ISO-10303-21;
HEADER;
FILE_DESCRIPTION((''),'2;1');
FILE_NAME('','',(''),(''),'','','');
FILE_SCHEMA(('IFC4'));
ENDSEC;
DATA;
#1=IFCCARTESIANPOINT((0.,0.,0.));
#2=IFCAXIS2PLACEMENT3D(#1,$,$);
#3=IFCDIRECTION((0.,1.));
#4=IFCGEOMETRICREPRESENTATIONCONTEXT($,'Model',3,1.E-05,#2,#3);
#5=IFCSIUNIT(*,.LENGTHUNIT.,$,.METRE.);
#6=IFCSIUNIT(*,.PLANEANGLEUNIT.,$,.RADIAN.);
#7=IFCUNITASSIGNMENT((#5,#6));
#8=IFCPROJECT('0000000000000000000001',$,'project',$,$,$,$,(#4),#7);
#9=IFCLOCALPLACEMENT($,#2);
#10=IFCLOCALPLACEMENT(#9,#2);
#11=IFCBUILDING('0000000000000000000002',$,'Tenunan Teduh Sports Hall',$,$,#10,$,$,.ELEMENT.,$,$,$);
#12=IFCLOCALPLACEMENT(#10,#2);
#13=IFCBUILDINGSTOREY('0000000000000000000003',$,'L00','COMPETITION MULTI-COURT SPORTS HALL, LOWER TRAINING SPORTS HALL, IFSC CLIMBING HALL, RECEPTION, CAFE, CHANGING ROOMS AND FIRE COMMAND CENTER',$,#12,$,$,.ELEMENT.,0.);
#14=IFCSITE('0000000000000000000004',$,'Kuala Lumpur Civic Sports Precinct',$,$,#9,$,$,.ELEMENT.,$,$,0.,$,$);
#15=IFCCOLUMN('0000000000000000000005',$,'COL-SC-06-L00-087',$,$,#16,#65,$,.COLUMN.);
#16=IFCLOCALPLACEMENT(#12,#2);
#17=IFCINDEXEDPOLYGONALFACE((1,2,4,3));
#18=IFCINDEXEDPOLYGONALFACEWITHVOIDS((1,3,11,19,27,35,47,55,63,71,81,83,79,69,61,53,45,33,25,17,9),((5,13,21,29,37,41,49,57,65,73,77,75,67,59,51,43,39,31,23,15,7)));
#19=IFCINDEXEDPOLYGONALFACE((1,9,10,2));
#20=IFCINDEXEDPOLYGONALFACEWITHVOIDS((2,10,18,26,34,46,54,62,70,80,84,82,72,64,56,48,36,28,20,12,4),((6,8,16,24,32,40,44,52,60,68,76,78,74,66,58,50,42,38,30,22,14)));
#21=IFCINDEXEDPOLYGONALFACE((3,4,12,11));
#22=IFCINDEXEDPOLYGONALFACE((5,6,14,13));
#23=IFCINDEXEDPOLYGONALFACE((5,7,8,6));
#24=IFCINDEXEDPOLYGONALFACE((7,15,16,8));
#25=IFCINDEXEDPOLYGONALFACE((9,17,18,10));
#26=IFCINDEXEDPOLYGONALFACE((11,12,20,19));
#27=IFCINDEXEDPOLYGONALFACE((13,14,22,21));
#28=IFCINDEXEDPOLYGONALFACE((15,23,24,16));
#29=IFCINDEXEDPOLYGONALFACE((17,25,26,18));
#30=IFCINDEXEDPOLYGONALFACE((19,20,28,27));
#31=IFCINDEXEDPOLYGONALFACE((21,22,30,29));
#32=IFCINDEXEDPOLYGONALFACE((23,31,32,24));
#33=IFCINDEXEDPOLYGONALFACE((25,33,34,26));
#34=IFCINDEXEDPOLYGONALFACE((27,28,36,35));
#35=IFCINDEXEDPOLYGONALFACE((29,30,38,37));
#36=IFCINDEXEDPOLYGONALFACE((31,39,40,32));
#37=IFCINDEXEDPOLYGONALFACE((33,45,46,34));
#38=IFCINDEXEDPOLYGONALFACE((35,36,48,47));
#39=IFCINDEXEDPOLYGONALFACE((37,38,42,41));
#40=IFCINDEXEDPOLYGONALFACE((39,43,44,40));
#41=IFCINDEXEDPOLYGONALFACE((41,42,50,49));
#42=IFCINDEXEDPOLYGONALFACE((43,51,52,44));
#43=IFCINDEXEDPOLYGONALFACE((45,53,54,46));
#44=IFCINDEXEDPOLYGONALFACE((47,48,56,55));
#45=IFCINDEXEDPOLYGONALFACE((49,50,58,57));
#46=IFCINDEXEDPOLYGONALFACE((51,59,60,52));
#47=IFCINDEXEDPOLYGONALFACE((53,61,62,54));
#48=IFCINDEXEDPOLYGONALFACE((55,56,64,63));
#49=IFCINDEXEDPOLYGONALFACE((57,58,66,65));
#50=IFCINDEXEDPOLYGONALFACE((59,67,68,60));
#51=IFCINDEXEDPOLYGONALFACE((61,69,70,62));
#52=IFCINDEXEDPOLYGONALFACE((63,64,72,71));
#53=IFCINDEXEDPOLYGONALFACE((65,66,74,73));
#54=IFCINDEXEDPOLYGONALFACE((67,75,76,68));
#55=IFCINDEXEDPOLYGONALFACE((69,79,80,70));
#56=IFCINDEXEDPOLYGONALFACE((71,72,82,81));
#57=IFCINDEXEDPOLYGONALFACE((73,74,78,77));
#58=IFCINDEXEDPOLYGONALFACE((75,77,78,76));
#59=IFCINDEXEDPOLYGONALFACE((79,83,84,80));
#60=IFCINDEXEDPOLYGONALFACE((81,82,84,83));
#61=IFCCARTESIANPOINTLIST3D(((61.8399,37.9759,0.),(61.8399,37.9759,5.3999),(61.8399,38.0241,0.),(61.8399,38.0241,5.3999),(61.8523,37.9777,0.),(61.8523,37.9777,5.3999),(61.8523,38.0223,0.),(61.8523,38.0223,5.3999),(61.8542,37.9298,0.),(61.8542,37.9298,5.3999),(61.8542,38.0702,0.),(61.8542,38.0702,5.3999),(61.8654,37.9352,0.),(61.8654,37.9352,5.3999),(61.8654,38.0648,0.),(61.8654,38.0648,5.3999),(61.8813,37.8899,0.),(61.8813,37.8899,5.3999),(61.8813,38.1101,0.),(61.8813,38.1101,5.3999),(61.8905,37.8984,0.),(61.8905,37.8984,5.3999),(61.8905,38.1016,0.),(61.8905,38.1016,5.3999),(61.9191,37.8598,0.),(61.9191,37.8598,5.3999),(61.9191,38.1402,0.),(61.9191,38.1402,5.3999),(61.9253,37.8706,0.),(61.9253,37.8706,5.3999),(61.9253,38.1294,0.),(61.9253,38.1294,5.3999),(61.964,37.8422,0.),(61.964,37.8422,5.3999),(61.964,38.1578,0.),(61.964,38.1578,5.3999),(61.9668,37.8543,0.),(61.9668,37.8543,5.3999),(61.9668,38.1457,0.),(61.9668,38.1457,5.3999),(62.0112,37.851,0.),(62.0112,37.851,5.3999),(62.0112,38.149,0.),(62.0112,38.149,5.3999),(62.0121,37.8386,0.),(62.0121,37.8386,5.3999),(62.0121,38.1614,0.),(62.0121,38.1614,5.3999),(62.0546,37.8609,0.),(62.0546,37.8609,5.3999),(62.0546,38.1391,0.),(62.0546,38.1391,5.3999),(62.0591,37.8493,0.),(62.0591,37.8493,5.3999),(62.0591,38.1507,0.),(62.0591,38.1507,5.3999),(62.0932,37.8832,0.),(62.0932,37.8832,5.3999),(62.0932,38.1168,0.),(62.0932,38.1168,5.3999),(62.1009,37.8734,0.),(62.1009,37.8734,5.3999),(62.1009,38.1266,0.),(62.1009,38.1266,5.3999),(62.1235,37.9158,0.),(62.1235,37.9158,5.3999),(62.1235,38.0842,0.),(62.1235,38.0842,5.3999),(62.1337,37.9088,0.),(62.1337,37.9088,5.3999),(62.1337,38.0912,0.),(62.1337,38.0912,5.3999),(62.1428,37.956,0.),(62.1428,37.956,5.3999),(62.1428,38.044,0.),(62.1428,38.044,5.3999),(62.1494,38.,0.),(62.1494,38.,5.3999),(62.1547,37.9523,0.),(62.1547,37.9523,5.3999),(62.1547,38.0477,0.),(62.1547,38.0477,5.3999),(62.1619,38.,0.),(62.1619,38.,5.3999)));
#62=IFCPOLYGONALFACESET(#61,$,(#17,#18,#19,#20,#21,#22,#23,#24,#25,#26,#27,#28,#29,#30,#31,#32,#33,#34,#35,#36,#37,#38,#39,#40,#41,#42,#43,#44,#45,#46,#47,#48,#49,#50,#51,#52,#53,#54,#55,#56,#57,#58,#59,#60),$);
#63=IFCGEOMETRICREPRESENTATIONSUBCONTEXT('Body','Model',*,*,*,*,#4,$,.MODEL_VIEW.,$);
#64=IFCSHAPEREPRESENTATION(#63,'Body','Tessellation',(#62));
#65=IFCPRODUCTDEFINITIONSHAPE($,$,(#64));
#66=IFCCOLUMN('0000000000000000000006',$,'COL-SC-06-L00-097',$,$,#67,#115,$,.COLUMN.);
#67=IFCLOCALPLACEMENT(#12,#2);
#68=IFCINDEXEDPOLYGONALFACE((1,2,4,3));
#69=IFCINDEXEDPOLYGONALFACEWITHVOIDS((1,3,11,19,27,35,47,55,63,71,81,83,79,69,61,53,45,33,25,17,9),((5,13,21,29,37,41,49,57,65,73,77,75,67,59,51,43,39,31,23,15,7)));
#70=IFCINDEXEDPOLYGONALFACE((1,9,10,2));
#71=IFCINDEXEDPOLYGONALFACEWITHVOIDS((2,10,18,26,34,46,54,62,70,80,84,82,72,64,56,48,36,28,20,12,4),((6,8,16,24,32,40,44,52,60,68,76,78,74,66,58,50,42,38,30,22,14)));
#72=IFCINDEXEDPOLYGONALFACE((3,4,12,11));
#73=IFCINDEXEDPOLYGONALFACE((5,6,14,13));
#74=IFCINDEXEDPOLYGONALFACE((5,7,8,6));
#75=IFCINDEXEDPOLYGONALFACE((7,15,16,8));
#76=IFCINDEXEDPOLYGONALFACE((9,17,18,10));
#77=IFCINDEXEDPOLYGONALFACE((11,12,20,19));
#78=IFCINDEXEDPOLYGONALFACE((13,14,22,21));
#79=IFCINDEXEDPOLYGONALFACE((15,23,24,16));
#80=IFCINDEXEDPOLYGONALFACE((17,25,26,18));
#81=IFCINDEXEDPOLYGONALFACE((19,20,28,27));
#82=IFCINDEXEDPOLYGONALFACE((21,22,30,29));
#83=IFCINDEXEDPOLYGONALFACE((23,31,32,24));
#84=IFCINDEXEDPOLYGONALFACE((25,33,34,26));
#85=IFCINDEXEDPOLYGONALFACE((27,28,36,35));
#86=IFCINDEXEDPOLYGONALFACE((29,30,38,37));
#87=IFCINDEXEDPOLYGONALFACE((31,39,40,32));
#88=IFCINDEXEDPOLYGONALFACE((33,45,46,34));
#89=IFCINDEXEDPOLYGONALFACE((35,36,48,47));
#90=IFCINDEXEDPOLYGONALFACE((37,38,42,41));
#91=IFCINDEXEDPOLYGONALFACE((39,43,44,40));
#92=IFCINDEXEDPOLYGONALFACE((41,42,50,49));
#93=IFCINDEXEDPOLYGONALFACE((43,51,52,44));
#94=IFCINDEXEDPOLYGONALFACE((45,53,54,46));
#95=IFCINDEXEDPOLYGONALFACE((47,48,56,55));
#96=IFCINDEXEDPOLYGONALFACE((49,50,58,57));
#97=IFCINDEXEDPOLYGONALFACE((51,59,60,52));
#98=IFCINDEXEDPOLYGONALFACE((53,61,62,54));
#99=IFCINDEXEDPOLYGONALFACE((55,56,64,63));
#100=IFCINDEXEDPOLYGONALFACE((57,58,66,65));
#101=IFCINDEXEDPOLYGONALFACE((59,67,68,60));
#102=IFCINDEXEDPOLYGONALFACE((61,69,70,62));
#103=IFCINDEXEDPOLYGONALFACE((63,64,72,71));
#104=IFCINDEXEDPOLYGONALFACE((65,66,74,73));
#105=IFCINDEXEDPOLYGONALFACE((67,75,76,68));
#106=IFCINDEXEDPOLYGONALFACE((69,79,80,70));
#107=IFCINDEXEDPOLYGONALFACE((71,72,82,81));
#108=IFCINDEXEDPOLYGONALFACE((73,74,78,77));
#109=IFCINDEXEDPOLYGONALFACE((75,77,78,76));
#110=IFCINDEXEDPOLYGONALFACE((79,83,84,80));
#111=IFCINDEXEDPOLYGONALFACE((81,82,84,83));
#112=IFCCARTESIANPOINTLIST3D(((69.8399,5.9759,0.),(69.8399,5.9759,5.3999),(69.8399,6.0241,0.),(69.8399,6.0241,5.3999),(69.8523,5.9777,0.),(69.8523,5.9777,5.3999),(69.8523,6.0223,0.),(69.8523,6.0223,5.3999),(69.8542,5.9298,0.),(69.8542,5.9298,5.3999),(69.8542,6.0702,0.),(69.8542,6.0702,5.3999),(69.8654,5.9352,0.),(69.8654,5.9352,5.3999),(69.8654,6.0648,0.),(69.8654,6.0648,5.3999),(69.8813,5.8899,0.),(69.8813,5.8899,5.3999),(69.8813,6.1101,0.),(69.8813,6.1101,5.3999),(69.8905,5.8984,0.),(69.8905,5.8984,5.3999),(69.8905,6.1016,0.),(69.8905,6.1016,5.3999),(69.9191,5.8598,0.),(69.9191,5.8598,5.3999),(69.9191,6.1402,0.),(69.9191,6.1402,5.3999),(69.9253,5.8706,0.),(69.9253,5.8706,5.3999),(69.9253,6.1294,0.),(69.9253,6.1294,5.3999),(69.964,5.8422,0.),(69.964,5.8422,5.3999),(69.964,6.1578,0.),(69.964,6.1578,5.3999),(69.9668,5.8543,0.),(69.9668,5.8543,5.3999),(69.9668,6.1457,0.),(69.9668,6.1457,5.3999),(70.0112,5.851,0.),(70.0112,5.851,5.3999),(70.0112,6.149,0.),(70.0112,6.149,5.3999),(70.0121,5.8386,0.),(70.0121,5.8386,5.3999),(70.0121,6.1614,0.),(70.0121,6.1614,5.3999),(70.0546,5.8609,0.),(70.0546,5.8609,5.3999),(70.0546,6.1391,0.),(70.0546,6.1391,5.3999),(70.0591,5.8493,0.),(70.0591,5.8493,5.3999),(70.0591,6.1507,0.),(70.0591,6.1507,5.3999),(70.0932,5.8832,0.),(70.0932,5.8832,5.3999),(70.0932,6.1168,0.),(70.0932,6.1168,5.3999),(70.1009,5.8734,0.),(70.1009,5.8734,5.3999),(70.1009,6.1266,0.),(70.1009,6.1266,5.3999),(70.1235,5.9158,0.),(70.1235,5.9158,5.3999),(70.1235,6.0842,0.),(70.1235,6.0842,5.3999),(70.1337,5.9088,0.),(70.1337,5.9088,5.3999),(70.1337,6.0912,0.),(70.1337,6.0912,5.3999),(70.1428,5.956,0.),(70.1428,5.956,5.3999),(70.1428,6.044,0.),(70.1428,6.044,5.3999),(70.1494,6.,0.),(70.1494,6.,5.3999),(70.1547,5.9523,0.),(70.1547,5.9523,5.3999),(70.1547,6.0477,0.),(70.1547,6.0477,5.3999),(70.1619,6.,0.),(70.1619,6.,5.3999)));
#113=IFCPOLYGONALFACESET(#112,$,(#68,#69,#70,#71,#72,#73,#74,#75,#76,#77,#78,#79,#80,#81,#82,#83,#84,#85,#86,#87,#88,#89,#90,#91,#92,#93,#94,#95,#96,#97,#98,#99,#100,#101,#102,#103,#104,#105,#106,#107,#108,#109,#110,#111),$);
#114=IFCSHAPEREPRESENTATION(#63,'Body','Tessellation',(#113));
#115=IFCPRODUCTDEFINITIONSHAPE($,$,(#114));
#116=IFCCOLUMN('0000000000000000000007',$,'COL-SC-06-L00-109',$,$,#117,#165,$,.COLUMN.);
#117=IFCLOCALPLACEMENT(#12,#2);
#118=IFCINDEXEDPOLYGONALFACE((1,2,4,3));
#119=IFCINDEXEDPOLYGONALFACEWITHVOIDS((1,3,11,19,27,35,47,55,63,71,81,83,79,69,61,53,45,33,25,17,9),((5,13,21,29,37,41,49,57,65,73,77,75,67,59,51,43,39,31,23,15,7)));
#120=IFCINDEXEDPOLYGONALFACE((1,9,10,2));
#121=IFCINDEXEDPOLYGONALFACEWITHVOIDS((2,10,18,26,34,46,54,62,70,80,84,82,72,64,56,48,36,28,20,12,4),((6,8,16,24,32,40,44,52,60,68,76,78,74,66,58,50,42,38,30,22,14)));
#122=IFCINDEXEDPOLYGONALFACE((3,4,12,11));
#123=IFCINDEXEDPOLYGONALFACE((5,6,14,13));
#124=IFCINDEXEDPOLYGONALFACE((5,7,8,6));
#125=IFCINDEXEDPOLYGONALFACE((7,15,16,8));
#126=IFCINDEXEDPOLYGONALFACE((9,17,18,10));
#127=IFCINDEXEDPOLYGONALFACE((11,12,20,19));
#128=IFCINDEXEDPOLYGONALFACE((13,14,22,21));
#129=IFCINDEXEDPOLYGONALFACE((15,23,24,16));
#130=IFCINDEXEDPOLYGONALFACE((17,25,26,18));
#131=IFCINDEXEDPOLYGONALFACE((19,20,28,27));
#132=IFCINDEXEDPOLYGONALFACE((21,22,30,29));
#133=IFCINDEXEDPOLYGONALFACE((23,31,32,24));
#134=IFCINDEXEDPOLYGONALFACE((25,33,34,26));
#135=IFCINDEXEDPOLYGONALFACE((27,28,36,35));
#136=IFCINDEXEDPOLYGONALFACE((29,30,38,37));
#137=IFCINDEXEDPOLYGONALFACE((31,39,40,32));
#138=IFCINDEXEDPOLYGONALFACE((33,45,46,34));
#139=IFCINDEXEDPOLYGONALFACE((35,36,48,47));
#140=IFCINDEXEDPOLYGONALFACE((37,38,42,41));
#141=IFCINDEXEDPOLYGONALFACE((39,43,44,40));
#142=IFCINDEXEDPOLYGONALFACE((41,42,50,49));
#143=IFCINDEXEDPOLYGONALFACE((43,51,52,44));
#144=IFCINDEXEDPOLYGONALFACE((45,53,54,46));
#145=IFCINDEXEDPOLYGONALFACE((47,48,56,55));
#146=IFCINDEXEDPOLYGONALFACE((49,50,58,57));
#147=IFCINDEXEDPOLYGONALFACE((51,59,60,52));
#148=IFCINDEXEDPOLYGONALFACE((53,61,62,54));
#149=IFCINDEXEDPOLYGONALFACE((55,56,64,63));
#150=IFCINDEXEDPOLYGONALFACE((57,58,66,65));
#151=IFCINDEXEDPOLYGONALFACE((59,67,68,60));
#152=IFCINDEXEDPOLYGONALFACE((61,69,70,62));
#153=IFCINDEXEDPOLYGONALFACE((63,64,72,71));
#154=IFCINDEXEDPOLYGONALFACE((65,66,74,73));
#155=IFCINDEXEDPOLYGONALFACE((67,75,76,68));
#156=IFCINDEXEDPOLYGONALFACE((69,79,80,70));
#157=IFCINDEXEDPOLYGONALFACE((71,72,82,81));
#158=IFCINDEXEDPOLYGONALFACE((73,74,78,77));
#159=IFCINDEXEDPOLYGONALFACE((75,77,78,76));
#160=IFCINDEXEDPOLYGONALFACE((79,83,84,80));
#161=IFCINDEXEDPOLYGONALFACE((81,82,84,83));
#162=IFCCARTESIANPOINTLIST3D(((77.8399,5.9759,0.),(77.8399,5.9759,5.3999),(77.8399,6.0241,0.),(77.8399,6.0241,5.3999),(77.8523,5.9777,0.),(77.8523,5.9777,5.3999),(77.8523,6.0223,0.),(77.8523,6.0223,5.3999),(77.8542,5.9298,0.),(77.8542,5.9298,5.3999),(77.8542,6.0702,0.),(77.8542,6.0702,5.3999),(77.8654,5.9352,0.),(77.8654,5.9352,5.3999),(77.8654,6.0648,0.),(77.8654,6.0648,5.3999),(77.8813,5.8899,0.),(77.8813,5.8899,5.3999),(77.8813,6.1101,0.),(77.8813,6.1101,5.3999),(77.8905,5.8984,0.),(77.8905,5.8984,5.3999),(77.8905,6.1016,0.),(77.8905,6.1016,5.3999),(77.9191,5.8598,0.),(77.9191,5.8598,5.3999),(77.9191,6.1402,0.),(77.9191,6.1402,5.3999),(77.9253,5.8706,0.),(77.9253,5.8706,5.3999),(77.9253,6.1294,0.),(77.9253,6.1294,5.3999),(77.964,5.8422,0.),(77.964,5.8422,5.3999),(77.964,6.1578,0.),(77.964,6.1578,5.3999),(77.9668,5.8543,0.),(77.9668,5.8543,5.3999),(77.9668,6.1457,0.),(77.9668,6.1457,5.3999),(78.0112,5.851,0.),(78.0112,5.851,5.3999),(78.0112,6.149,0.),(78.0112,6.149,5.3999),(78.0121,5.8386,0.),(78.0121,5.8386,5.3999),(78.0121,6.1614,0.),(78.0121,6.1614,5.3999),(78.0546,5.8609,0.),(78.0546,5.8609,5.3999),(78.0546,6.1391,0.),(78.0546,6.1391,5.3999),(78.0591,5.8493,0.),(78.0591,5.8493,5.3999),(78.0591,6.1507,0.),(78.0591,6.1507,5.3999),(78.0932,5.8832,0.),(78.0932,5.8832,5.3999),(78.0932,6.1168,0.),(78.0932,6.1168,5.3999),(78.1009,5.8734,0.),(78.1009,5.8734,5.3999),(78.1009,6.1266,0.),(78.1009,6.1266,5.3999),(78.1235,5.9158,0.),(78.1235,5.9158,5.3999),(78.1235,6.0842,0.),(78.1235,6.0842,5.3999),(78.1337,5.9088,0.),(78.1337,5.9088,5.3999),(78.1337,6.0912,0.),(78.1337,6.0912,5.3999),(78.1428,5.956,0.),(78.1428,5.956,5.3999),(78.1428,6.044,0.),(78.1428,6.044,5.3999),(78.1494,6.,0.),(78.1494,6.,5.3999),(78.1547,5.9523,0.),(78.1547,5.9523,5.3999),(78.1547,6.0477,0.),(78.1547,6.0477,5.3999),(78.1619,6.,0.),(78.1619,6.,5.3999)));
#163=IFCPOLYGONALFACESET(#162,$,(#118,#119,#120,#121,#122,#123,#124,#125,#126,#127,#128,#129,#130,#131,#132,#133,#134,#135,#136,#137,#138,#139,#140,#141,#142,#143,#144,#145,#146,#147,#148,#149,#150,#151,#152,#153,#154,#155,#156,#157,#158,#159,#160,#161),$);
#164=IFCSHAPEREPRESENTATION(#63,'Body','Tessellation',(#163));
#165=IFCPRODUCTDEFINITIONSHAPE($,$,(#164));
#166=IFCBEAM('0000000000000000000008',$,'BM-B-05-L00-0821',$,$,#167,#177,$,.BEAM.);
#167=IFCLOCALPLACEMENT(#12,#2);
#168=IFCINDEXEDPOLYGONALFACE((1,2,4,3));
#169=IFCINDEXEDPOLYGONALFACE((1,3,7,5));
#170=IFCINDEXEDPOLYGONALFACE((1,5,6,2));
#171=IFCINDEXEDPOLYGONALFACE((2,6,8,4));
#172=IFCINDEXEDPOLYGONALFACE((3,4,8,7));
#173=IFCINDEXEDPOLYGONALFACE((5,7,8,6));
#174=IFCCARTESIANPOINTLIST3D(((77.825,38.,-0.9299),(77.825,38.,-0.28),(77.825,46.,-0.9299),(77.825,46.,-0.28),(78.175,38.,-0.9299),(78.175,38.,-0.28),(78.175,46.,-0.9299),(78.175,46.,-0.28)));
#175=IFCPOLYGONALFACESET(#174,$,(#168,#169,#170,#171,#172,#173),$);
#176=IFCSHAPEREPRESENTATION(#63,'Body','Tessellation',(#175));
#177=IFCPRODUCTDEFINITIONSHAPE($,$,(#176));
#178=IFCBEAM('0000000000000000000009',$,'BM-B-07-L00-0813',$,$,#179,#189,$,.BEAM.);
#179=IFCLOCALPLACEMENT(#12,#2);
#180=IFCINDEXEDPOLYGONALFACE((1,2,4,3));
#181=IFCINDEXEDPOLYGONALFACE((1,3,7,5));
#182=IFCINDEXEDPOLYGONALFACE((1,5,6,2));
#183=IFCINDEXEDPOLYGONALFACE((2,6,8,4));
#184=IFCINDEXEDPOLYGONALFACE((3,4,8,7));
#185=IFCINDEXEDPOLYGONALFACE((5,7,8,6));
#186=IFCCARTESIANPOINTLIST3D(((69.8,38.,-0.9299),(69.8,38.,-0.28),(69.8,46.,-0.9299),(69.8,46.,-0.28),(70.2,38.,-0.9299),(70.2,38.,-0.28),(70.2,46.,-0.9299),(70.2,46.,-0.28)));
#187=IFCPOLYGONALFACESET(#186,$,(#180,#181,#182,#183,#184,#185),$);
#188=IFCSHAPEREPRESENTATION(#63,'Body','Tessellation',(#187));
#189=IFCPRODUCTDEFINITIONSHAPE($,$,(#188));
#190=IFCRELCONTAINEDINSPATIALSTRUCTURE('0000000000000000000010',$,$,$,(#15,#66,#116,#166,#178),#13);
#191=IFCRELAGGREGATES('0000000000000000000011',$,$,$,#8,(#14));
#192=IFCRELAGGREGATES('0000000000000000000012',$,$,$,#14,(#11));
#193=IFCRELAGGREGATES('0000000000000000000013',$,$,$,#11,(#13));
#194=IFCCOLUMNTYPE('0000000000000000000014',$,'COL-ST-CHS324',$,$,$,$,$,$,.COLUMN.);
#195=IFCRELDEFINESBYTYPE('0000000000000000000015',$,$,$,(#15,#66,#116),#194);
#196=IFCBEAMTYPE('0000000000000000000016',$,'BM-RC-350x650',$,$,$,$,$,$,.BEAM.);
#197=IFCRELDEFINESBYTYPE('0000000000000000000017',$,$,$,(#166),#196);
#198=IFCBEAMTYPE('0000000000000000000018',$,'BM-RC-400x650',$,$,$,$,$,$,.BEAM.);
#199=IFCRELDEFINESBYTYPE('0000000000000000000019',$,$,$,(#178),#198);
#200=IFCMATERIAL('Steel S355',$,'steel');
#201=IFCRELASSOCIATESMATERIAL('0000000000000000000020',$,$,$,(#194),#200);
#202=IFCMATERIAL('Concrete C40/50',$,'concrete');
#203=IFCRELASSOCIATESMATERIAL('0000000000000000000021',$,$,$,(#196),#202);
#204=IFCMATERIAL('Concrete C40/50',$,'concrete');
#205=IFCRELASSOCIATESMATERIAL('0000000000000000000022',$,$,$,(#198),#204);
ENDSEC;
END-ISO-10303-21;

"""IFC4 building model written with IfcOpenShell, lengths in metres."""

from ifc_helpers import new_model, si_unit, direction, frame, origin, origin_2d, place, context, subcontext, project, spatial, rectangle, hollow_circle, extrude, material, material_profile, profile_set, type_object, element, save


model = new_model("IFC4")

# Units and contexts
model_context = context("Model", 3, precision=1e-05, world=origin(), true_north=direction((0.0, 1.0)))
body_context = subcontext(model_context, "Body", "Model", "MODEL_VIEW")
ifc_project = project(units=[si_unit("LENGTHUNIT", "METRE"), si_unit("PLANEANGLEUNIT", "RADIAN")], contexts=[model_context])

# Site, building, storey
site_placement = place(None, origin())
site = spatial("IfcSite", under=ifc_project, at=site_placement, Name="Kuala Lumpur Civic Sports Precinct", CompositionType="ELEMENT", RefElevation=0.0)
building_placement = place(site_placement, origin())
building = spatial("IfcBuilding", under=site, at=building_placement, Name="Tenunan Teduh Sports Hall", CompositionType="ELEMENT")
storey_placement = place(building_placement, origin())
storey = spatial("IfcBuildingStorey", under=building, at=storey_placement, Name="L00", Description="COMPETITION MULTI-COURT SPORTS HALL, LOWER TRAINING SPORTS HALL, IFSC CLIMBING HALL, RECEPTION, CAFE, CHANGING ROOMS AND FIRE COMMAND CENTER", CompositionType="ELEMENT", Elevation=0.0)

# Columns
ifc_material_1 = material(Name="Steel S355", Category="steel")
ifc_material_profile_1 = material_profile(ifc_material_1, hollow_circle(Radius=0.1619, WallThickness=0.0125, at=origin_2d()), Name="CHS 323.9x12.5")
ifc_profile_set_1 = profile_set([ifc_material_profile_1], Name="Steel S355")
column_type_1 = type_object("IfcColumnType", Name="COL-ST-CHS324", PredefinedType="COLUMN", material=ifc_profile_set_1)
for number, where, z_axis, x_axis, name in (
    (1, (62.0, 38.0, 0.0), (0.0, 0.0, 1.0), (1.0, 0.0, 0.0), "COL-SC-06-L00-087"),
    (2, (70.0, 6.0, 0.0), (0.0, 0.0, 1.0), (1.0, 0.0, 0.0), "COL-SC-06-L00-097"),
    (3, (78.0, 6.0, 0.0), (0.0, 0.0, 1.0), (1.0, 0.0, 0.0), "COL-SC-06-L00-109"),
):
    element("IfcColumn", number, at=place(storey_placement, frame(where, z_axis=z_axis, x_axis=x_axis)), inside=storey, type_object=column_type_1, Name=name, PredefinedType="COLUMN", context=body_context, shape_type="SweptSolid", body=[
        extrude(hollow_circle(Radius=0.1619, WallThickness=0.0125, at=origin_2d()), origin(), (0.0, 0.0, 1.0), 5.3999),
    ])

# Beams
ifc_material_2 = material(Name="Concrete C40/50", Category="concrete")
ifc_material_profile_2 = material_profile(ifc_material_2, rectangle(XDim=0.3501, YDim=0.6499, at=origin_2d()), Name="RCB 350x650")
ifc_profile_set_2 = profile_set([ifc_material_profile_2], Name="Concrete C40/50")
beam_type_1 = type_object("IfcBeamType", Name="BM-RC-350x650", PredefinedType="BEAM", material=ifc_profile_set_2)
beam_1_placement = place(storey_placement, frame((78.0, 38.0, -0.605), z_axis=(0.0, 1.0, 0.0), x_axis=(-1.0, 0.0, 0.0)))
element("IfcBeam", 4, at=beam_1_placement, inside=storey, type_object=beam_type_1, Name="BM-B-05-L00-0821", PredefinedType="BEAM", context=body_context, shape_type="SweptSolid", body=[
    extrude(rectangle(XDim=0.3501, YDim=0.6499, at=origin_2d()), origin(), (0.0, 0.0, 1.0), 8.0),
])
ifc_material_3 = material(Name="Concrete C40/50", Category="concrete")
ifc_material_profile_3 = material_profile(ifc_material_3, rectangle(XDim=0.3999, YDim=0.6499, at=origin_2d()), Name="RCB 400x650")
ifc_profile_set_3 = profile_set([ifc_material_profile_3], Name="Concrete C40/50")
beam_type_2 = type_object("IfcBeamType", Name="BM-RC-400x650", PredefinedType="BEAM", material=ifc_profile_set_3)
beam_2_placement = place(storey_placement, frame((70.0, 38.0, -0.605), z_axis=(0.0, 1.0, 0.0), x_axis=(-1.0, 0.0, 0.0)))
element("IfcBeam", 5, at=beam_2_placement, inside=storey, type_object=beam_type_2, Name="BM-B-07-L00-0813", PredefinedType="BEAM", context=body_context, shape_type="SweptSolid", body=[
    extrude(rectangle(XDim=0.3999, YDim=0.6499, at=origin_2d()), origin(), (0.0, 0.0, 1.0), 8.0),
])

save(model, "model.ifc")
